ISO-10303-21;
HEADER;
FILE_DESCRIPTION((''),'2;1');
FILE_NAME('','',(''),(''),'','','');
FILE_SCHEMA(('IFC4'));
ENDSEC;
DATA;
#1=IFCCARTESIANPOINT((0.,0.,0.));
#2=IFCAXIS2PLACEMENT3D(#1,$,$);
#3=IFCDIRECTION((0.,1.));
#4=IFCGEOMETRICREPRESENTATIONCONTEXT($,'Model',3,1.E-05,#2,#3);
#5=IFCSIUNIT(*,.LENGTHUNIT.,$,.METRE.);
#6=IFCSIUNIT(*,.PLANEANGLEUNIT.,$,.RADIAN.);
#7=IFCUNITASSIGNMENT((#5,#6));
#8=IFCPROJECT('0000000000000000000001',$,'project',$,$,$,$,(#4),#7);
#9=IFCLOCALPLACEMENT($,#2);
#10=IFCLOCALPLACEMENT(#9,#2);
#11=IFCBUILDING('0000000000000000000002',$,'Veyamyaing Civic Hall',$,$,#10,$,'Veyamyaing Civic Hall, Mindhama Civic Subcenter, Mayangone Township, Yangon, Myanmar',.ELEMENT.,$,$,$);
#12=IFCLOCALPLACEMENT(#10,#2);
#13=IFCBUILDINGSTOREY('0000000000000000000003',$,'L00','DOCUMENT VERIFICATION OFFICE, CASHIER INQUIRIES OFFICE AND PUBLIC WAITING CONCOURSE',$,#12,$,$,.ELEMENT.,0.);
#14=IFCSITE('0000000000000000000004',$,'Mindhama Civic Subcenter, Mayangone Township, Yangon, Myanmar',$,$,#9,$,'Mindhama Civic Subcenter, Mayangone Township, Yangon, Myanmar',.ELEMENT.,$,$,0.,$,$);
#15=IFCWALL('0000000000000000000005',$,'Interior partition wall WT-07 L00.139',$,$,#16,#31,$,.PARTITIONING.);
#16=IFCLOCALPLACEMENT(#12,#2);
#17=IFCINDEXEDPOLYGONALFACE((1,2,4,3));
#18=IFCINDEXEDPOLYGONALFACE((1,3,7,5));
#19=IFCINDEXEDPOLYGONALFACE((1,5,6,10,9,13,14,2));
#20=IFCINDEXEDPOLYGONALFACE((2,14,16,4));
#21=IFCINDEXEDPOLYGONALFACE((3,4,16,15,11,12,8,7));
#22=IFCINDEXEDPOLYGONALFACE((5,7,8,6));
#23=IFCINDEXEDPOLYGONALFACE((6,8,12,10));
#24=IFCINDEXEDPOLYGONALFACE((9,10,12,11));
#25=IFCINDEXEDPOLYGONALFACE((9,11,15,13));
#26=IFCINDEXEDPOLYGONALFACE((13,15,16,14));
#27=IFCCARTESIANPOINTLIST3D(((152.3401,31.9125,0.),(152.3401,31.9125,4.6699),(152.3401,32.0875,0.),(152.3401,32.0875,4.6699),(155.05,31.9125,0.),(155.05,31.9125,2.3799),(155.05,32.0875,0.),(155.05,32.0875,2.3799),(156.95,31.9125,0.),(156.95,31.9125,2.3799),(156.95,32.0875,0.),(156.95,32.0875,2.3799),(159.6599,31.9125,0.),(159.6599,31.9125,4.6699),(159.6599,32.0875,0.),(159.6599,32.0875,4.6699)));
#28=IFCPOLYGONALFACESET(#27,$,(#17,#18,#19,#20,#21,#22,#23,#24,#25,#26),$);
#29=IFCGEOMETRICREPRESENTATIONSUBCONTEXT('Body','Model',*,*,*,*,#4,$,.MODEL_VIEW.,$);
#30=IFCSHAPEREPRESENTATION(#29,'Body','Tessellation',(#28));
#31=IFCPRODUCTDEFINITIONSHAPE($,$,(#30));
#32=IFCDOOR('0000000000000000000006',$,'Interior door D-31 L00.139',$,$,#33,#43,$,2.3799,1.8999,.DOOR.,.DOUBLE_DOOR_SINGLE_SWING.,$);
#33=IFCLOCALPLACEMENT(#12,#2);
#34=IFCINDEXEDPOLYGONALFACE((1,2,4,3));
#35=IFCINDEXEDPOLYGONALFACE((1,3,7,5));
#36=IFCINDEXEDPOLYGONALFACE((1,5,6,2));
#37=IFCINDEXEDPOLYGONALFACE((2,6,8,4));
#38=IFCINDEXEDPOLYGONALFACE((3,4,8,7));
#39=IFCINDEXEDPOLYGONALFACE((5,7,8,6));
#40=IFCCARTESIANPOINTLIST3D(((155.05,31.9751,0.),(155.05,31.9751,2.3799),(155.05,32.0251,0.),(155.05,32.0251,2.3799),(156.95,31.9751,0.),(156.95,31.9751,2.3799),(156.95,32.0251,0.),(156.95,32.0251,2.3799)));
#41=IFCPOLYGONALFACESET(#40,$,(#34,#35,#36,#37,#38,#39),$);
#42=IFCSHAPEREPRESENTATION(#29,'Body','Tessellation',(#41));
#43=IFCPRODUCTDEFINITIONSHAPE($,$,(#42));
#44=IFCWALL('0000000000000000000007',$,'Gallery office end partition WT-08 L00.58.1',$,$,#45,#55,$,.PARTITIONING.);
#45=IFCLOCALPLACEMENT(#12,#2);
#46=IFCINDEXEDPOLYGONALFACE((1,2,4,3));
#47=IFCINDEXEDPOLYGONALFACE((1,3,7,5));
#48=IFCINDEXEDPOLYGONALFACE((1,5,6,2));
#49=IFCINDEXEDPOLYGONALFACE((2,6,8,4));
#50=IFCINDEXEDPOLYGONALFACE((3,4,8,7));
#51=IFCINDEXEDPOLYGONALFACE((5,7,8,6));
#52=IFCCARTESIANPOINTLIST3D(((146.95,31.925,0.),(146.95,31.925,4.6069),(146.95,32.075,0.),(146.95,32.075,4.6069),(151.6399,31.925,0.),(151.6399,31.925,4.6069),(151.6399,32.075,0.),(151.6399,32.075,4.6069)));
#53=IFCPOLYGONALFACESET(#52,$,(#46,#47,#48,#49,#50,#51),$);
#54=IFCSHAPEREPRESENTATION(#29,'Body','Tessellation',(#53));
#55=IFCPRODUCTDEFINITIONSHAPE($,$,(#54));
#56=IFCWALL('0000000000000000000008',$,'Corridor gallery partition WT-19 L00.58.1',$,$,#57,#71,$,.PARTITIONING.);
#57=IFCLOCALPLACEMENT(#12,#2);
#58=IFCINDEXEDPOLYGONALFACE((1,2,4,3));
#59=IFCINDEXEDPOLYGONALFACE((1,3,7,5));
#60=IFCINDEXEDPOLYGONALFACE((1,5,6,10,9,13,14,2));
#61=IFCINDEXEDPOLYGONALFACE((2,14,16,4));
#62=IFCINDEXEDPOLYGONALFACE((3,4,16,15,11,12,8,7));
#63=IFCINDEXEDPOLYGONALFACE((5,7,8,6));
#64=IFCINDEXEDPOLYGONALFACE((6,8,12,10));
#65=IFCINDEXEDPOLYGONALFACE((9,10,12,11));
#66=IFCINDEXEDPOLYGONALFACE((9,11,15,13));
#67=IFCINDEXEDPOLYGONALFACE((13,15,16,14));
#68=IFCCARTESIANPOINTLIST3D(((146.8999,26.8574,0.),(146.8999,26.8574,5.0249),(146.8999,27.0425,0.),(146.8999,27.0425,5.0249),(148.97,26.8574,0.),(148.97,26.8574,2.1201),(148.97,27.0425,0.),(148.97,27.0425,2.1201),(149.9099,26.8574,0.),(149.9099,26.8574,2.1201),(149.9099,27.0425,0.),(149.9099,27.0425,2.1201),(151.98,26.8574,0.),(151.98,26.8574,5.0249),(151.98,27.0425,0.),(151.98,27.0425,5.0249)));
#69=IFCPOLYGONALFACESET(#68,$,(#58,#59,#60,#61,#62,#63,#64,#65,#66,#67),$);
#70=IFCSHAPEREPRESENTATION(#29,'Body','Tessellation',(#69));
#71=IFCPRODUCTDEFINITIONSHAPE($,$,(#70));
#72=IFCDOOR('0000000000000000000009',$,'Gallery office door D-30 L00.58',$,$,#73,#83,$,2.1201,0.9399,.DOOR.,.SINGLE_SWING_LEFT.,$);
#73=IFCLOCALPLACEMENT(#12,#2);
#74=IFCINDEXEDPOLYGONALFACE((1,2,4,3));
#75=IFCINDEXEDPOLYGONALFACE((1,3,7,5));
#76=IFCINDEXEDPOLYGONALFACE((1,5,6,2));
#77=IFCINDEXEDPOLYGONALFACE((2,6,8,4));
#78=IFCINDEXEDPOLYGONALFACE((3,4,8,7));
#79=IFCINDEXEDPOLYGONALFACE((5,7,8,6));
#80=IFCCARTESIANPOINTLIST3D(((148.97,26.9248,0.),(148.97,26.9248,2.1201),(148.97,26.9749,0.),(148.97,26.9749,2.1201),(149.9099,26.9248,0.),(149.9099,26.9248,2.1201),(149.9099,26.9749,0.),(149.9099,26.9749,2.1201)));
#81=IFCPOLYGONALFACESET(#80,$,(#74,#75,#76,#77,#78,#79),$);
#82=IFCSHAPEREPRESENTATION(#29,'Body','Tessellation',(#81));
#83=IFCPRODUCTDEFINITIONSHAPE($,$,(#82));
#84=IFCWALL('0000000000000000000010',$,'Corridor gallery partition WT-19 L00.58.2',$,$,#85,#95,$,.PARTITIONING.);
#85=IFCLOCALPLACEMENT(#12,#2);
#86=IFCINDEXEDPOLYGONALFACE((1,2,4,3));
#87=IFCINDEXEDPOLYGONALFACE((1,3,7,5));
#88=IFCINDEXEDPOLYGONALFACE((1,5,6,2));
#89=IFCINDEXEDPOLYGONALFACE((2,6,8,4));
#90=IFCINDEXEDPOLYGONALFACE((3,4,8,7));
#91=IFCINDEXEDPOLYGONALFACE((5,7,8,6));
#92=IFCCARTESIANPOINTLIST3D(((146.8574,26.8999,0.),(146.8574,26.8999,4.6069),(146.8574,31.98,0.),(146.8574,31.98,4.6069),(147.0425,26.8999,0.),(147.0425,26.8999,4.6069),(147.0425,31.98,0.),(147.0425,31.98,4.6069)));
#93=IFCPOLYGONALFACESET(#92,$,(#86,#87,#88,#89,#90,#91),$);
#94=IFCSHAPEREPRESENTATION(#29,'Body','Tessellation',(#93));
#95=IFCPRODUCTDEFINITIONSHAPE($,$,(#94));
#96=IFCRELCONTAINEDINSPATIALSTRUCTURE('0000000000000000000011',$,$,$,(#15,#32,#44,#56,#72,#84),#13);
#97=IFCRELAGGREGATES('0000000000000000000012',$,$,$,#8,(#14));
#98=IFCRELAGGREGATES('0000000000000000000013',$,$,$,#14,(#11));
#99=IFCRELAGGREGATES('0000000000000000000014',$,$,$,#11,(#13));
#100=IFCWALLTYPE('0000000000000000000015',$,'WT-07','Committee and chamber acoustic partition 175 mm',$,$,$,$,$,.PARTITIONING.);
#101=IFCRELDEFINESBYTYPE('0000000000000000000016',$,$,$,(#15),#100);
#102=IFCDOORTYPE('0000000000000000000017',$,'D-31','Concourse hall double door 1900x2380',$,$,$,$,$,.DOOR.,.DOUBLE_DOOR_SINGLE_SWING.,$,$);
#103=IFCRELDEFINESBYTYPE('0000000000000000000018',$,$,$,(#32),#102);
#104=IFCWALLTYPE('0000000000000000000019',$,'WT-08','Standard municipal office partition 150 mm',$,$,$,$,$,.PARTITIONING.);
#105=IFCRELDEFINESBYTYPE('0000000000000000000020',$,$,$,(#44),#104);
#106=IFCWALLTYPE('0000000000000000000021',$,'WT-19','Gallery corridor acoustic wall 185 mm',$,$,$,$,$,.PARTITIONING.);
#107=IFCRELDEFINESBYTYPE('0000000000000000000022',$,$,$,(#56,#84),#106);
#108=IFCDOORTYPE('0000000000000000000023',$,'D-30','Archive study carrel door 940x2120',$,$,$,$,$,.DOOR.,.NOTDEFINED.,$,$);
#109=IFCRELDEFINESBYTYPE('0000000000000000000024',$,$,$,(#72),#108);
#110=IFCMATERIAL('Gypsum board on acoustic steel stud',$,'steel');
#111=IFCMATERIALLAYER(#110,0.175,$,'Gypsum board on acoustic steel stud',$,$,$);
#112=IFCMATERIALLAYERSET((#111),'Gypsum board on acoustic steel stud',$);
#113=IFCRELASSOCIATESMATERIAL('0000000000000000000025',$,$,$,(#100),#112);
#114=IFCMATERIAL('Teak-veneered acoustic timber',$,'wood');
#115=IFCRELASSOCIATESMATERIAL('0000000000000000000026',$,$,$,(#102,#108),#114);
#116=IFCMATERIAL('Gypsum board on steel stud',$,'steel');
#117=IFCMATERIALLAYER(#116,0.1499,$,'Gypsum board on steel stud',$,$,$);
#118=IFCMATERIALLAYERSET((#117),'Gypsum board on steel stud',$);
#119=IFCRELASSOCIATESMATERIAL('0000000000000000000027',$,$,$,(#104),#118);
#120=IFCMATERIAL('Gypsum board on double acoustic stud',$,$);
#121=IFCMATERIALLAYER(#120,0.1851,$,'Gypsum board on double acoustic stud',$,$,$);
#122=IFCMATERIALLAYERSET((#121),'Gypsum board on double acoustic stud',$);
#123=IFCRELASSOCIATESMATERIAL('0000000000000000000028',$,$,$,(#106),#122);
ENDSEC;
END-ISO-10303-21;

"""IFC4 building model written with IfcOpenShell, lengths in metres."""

from ifc_helpers import new_model, si_unit, direction, frame, frame_2d, origin, place, context, subcontext, project, spatial, rectangle, extrude, material, layer, layer_set, type_object, element, fill, save


model = new_model("IFC4")

# Units and contexts
model_context = context("Model", 3, precision=1e-05, world=origin(), true_north=direction((0.0, 1.0)))
body_context = subcontext(model_context, "Body", "Model", "MODEL_VIEW")
ifc_project = project(units=[si_unit("LENGTHUNIT", "METRE"), si_unit("PLANEANGLEUNIT", "RADIAN")], contexts=[model_context])

# Site, building, storey
site_placement = place(None, origin())
site = spatial("IfcSite", under=ifc_project, at=site_placement, Name="Mindhama Civic Subcenter, Mayangone Township, Yangon, Myanmar", LongName="Mindhama Civic Subcenter, Mayangone Township, Yangon, Myanmar", CompositionType="ELEMENT", RefElevation=0.0)
building_placement = place(site_placement, origin())
building = spatial("IfcBuilding", under=site, at=building_placement, Name="Veyamyaing Civic Hall", LongName="Veyamyaing Civic Hall, Mindhama Civic Subcenter, Mayangone Township, Yangon, Myanmar", CompositionType="ELEMENT")
storey_placement = place(building_placement, origin())
storey = spatial("IfcBuildingStorey", under=building, at=storey_placement, Name="L00", Description="DOCUMENT VERIFICATION OFFICE, CASHIER INQUIRIES OFFICE AND PUBLIC WAITING CONCOURSE", CompositionType="ELEMENT", Elevation=0.0)

# Shared definitions
ifc_material_1 = material(Name="Gypsum board on acoustic steel stud", Category="steel")
ifc_layer_1 = layer(ifc_material_1, 0.175, Name="Gypsum board on acoustic steel stud")
ifc_layer_set_1 = layer_set([ifc_layer_1], Name="Gypsum board on acoustic steel stud")
wall_type_1 = type_object("IfcWallType", Name="WT-07", Description="Committee and chamber acoustic partition 175 mm", PredefinedType="PARTITIONING", material=ifc_layer_set_1)

# Wall, opening, door
ifc_material_2 = material(Name="Teak-veneered acoustic timber", Category="wood")
wall_1_placement = place(storey_placement, frame((152.3401, 32.0, 0.0), z_axis=(0.0, 0.0, 1.0), x_axis=(1.0, 0.0, 0.0)))
wall_1 = element("IfcWall", 1, at=wall_1_placement, inside=storey, type_object=wall_type_1, Name="Interior partition wall WT-07 L00.139", PredefinedType="PARTITIONING", context=body_context, shape_type="SweptSolid", body=[
    extrude(rectangle(XDim=7.3198, YDim=0.175, at=frame_2d((3.6599, 0.0))), origin(), (0.0, 0.0, 1.0), 4.6699),
])
opening_1_placement = place(wall_1_placement, frame((2.71, 0.0, 0.0)))
opening_1 = element("IfcOpeningElement", 2, at=opening_1_placement, cuts=wall_1, PredefinedType="OPENING", context=body_context, shape_type="SweptSolid", body=[
    extrude(rectangle(XDim=1.8999, YDim=2.3799, at=frame_2d((0.95, 1.1899))), frame((0.0, 0.0974, 0.0), z_axis=(0.0, -1.0, 0.0), x_axis=(1.0, 0.0, 0.0)), (0.0, 0.0, 1.0), 0.1951),
])
door_type_1 = type_object("IfcDoorType", Name="D-31", Description="Concourse hall double door 1900x2380", OperationType="DOUBLE_DOOR_SINGLE_SWING", PredefinedType="DOOR", material=ifc_material_2)
door_1_placement = place(opening_1_placement, frame((1.8999, 0.0, 0.0), z_axis=(0.0, 0.0, 1.0), x_axis=(-1.0, 0.0, 0.0)))
door_1 = element("IfcDoor", 3, at=door_1_placement, inside=storey, type_object=door_type_1, Name="Interior door D-31 L00.139", OperationType="DOUBLE_DOOR_SINGLE_SWING", OverallHeight=2.3799, OverallWidth=1.8999, PredefinedType="DOOR", context=body_context, shape_type="SweptSolid", body=[
    extrude(rectangle(XDim=1.8999, YDim=2.3799, at=frame_2d((0.95, 1.1899))), frame((0.0, 0.0249, 0.0), z_axis=(0.0, -1.0, 0.0), x_axis=(1.0, 0.0, 0.0)), (0.0, 0.0, 1.0), 0.05),
])
fill(opening_1, door_1)

# Wall
ifc_material_3 = material(Name="Gypsum board on steel stud", Category="steel")
ifc_layer_2 = layer(ifc_material_3, 0.1499, Name="Gypsum board on steel stud")
ifc_layer_set_2 = layer_set([ifc_layer_2], Name="Gypsum board on steel stud")
wall_type_2 = type_object("IfcWallType", Name="WT-08", Description="Standard municipal office partition 150 mm", PredefinedType="PARTITIONING", material=ifc_layer_set_2)
wall_2_placement = place(storey_placement, frame((146.95, 32.0, 0.0), z_axis=(0.0, 0.0, 1.0), x_axis=(1.0, 0.0, 0.0)))
element("IfcWall", 4, at=wall_2_placement, inside=storey, type_object=wall_type_2, Name="Gallery office end partition WT-08 L00.58.1", PredefinedType="PARTITIONING", context=body_context, shape_type="SweptSolid", body=[
    extrude(rectangle(XDim=4.6899, YDim=0.1499, at=frame_2d((2.345, 0.0))), origin(), (0.0, 0.0, 1.0), 4.6069),
])

# Wall, opening, door
ifc_material_4 = material(Name="Gypsum board on double acoustic stud")
ifc_layer_3 = layer(ifc_material_4, 0.1851, Name="Gypsum board on double acoustic stud")
ifc_layer_set_3 = layer_set([ifc_layer_3], Name="Gypsum board on double acoustic stud")
wall_type_3 = type_object("IfcWallType", Name="WT-19", Description="Gallery corridor acoustic wall 185 mm", PredefinedType="PARTITIONING", material=ifc_layer_set_3)
wall_3_placement = place(storey_placement, frame((146.8999, 26.95, 0.0), z_axis=(0.0, 0.0, 1.0), x_axis=(1.0, 0.0, 0.0)))
wall_3 = element("IfcWall", 5, at=wall_3_placement, inside=storey, type_object=wall_type_3, Name="Corridor gallery partition WT-19 L00.58.1", PredefinedType="PARTITIONING", context=body_context, shape_type="SweptSolid", body=[
    extrude(rectangle(XDim=5.0801, YDim=0.1851, at=frame_2d((2.54, 0.0))), origin(), (0.0, 0.0, 1.0), 5.0249),
])
opening_2_placement = place(wall_3_placement, frame((2.0701, 0.0, 0.0)))
opening_2 = element("IfcOpeningElement", 6, at=opening_2_placement, cuts=wall_3, PredefinedType="OPENING", context=body_context, shape_type="SweptSolid", body=[
    extrude(rectangle(XDim=0.9399, YDim=2.1201, at=frame_2d((0.47, 1.0601))), frame((0.0, 0.1025, 0.0), z_axis=(0.0, -1.0, 0.0), x_axis=(1.0, 0.0, 0.0)), (0.0, 0.0, 1.0), 0.2051),
])
door_type_2 = type_object("IfcDoorType", Name="D-30", Description="Archive study carrel door 940x2120", OperationType="NOTDEFINED", PredefinedType="DOOR", material=ifc_material_2)
door_2_placement = place(opening_2_placement, origin())
door_2 = element("IfcDoor", 7, at=door_2_placement, inside=storey, type_object=door_type_2, Name="Gallery office door D-30 L00.58", OperationType="SINGLE_SWING_LEFT", OverallHeight=2.1201, OverallWidth=0.9399, PredefinedType="DOOR", context=body_context, shape_type="SweptSolid", body=[
    extrude(rectangle(XDim=0.9399, YDim=2.1201, at=frame_2d((0.47, 1.0601))), frame((0.0, 0.0249, 0.0), z_axis=(0.0, -1.0, 0.0), x_axis=(1.0, 0.0, 0.0)), (0.0, 0.0, 1.0), 0.05),
])
fill(opening_2, door_2)

# Wall
wall_4_placement = place(storey_placement, frame((146.95, 26.8999, 0.0), z_axis=(0.0, 0.0, 1.0), x_axis=(0.0, 1.0, 0.0)))
element("IfcWall", 8, at=wall_4_placement, inside=storey, type_object=wall_type_3, Name="Corridor gallery partition WT-19 L00.58.2", PredefinedType="PARTITIONING", context=body_context, shape_type="SweptSolid", body=[
    extrude(rectangle(XDim=5.0801, YDim=0.1851, at=frame_2d((2.54, 0.0))), origin(), (0.0, 0.0, 1.0), 4.6069),
])

save(model, "model.ifc")
